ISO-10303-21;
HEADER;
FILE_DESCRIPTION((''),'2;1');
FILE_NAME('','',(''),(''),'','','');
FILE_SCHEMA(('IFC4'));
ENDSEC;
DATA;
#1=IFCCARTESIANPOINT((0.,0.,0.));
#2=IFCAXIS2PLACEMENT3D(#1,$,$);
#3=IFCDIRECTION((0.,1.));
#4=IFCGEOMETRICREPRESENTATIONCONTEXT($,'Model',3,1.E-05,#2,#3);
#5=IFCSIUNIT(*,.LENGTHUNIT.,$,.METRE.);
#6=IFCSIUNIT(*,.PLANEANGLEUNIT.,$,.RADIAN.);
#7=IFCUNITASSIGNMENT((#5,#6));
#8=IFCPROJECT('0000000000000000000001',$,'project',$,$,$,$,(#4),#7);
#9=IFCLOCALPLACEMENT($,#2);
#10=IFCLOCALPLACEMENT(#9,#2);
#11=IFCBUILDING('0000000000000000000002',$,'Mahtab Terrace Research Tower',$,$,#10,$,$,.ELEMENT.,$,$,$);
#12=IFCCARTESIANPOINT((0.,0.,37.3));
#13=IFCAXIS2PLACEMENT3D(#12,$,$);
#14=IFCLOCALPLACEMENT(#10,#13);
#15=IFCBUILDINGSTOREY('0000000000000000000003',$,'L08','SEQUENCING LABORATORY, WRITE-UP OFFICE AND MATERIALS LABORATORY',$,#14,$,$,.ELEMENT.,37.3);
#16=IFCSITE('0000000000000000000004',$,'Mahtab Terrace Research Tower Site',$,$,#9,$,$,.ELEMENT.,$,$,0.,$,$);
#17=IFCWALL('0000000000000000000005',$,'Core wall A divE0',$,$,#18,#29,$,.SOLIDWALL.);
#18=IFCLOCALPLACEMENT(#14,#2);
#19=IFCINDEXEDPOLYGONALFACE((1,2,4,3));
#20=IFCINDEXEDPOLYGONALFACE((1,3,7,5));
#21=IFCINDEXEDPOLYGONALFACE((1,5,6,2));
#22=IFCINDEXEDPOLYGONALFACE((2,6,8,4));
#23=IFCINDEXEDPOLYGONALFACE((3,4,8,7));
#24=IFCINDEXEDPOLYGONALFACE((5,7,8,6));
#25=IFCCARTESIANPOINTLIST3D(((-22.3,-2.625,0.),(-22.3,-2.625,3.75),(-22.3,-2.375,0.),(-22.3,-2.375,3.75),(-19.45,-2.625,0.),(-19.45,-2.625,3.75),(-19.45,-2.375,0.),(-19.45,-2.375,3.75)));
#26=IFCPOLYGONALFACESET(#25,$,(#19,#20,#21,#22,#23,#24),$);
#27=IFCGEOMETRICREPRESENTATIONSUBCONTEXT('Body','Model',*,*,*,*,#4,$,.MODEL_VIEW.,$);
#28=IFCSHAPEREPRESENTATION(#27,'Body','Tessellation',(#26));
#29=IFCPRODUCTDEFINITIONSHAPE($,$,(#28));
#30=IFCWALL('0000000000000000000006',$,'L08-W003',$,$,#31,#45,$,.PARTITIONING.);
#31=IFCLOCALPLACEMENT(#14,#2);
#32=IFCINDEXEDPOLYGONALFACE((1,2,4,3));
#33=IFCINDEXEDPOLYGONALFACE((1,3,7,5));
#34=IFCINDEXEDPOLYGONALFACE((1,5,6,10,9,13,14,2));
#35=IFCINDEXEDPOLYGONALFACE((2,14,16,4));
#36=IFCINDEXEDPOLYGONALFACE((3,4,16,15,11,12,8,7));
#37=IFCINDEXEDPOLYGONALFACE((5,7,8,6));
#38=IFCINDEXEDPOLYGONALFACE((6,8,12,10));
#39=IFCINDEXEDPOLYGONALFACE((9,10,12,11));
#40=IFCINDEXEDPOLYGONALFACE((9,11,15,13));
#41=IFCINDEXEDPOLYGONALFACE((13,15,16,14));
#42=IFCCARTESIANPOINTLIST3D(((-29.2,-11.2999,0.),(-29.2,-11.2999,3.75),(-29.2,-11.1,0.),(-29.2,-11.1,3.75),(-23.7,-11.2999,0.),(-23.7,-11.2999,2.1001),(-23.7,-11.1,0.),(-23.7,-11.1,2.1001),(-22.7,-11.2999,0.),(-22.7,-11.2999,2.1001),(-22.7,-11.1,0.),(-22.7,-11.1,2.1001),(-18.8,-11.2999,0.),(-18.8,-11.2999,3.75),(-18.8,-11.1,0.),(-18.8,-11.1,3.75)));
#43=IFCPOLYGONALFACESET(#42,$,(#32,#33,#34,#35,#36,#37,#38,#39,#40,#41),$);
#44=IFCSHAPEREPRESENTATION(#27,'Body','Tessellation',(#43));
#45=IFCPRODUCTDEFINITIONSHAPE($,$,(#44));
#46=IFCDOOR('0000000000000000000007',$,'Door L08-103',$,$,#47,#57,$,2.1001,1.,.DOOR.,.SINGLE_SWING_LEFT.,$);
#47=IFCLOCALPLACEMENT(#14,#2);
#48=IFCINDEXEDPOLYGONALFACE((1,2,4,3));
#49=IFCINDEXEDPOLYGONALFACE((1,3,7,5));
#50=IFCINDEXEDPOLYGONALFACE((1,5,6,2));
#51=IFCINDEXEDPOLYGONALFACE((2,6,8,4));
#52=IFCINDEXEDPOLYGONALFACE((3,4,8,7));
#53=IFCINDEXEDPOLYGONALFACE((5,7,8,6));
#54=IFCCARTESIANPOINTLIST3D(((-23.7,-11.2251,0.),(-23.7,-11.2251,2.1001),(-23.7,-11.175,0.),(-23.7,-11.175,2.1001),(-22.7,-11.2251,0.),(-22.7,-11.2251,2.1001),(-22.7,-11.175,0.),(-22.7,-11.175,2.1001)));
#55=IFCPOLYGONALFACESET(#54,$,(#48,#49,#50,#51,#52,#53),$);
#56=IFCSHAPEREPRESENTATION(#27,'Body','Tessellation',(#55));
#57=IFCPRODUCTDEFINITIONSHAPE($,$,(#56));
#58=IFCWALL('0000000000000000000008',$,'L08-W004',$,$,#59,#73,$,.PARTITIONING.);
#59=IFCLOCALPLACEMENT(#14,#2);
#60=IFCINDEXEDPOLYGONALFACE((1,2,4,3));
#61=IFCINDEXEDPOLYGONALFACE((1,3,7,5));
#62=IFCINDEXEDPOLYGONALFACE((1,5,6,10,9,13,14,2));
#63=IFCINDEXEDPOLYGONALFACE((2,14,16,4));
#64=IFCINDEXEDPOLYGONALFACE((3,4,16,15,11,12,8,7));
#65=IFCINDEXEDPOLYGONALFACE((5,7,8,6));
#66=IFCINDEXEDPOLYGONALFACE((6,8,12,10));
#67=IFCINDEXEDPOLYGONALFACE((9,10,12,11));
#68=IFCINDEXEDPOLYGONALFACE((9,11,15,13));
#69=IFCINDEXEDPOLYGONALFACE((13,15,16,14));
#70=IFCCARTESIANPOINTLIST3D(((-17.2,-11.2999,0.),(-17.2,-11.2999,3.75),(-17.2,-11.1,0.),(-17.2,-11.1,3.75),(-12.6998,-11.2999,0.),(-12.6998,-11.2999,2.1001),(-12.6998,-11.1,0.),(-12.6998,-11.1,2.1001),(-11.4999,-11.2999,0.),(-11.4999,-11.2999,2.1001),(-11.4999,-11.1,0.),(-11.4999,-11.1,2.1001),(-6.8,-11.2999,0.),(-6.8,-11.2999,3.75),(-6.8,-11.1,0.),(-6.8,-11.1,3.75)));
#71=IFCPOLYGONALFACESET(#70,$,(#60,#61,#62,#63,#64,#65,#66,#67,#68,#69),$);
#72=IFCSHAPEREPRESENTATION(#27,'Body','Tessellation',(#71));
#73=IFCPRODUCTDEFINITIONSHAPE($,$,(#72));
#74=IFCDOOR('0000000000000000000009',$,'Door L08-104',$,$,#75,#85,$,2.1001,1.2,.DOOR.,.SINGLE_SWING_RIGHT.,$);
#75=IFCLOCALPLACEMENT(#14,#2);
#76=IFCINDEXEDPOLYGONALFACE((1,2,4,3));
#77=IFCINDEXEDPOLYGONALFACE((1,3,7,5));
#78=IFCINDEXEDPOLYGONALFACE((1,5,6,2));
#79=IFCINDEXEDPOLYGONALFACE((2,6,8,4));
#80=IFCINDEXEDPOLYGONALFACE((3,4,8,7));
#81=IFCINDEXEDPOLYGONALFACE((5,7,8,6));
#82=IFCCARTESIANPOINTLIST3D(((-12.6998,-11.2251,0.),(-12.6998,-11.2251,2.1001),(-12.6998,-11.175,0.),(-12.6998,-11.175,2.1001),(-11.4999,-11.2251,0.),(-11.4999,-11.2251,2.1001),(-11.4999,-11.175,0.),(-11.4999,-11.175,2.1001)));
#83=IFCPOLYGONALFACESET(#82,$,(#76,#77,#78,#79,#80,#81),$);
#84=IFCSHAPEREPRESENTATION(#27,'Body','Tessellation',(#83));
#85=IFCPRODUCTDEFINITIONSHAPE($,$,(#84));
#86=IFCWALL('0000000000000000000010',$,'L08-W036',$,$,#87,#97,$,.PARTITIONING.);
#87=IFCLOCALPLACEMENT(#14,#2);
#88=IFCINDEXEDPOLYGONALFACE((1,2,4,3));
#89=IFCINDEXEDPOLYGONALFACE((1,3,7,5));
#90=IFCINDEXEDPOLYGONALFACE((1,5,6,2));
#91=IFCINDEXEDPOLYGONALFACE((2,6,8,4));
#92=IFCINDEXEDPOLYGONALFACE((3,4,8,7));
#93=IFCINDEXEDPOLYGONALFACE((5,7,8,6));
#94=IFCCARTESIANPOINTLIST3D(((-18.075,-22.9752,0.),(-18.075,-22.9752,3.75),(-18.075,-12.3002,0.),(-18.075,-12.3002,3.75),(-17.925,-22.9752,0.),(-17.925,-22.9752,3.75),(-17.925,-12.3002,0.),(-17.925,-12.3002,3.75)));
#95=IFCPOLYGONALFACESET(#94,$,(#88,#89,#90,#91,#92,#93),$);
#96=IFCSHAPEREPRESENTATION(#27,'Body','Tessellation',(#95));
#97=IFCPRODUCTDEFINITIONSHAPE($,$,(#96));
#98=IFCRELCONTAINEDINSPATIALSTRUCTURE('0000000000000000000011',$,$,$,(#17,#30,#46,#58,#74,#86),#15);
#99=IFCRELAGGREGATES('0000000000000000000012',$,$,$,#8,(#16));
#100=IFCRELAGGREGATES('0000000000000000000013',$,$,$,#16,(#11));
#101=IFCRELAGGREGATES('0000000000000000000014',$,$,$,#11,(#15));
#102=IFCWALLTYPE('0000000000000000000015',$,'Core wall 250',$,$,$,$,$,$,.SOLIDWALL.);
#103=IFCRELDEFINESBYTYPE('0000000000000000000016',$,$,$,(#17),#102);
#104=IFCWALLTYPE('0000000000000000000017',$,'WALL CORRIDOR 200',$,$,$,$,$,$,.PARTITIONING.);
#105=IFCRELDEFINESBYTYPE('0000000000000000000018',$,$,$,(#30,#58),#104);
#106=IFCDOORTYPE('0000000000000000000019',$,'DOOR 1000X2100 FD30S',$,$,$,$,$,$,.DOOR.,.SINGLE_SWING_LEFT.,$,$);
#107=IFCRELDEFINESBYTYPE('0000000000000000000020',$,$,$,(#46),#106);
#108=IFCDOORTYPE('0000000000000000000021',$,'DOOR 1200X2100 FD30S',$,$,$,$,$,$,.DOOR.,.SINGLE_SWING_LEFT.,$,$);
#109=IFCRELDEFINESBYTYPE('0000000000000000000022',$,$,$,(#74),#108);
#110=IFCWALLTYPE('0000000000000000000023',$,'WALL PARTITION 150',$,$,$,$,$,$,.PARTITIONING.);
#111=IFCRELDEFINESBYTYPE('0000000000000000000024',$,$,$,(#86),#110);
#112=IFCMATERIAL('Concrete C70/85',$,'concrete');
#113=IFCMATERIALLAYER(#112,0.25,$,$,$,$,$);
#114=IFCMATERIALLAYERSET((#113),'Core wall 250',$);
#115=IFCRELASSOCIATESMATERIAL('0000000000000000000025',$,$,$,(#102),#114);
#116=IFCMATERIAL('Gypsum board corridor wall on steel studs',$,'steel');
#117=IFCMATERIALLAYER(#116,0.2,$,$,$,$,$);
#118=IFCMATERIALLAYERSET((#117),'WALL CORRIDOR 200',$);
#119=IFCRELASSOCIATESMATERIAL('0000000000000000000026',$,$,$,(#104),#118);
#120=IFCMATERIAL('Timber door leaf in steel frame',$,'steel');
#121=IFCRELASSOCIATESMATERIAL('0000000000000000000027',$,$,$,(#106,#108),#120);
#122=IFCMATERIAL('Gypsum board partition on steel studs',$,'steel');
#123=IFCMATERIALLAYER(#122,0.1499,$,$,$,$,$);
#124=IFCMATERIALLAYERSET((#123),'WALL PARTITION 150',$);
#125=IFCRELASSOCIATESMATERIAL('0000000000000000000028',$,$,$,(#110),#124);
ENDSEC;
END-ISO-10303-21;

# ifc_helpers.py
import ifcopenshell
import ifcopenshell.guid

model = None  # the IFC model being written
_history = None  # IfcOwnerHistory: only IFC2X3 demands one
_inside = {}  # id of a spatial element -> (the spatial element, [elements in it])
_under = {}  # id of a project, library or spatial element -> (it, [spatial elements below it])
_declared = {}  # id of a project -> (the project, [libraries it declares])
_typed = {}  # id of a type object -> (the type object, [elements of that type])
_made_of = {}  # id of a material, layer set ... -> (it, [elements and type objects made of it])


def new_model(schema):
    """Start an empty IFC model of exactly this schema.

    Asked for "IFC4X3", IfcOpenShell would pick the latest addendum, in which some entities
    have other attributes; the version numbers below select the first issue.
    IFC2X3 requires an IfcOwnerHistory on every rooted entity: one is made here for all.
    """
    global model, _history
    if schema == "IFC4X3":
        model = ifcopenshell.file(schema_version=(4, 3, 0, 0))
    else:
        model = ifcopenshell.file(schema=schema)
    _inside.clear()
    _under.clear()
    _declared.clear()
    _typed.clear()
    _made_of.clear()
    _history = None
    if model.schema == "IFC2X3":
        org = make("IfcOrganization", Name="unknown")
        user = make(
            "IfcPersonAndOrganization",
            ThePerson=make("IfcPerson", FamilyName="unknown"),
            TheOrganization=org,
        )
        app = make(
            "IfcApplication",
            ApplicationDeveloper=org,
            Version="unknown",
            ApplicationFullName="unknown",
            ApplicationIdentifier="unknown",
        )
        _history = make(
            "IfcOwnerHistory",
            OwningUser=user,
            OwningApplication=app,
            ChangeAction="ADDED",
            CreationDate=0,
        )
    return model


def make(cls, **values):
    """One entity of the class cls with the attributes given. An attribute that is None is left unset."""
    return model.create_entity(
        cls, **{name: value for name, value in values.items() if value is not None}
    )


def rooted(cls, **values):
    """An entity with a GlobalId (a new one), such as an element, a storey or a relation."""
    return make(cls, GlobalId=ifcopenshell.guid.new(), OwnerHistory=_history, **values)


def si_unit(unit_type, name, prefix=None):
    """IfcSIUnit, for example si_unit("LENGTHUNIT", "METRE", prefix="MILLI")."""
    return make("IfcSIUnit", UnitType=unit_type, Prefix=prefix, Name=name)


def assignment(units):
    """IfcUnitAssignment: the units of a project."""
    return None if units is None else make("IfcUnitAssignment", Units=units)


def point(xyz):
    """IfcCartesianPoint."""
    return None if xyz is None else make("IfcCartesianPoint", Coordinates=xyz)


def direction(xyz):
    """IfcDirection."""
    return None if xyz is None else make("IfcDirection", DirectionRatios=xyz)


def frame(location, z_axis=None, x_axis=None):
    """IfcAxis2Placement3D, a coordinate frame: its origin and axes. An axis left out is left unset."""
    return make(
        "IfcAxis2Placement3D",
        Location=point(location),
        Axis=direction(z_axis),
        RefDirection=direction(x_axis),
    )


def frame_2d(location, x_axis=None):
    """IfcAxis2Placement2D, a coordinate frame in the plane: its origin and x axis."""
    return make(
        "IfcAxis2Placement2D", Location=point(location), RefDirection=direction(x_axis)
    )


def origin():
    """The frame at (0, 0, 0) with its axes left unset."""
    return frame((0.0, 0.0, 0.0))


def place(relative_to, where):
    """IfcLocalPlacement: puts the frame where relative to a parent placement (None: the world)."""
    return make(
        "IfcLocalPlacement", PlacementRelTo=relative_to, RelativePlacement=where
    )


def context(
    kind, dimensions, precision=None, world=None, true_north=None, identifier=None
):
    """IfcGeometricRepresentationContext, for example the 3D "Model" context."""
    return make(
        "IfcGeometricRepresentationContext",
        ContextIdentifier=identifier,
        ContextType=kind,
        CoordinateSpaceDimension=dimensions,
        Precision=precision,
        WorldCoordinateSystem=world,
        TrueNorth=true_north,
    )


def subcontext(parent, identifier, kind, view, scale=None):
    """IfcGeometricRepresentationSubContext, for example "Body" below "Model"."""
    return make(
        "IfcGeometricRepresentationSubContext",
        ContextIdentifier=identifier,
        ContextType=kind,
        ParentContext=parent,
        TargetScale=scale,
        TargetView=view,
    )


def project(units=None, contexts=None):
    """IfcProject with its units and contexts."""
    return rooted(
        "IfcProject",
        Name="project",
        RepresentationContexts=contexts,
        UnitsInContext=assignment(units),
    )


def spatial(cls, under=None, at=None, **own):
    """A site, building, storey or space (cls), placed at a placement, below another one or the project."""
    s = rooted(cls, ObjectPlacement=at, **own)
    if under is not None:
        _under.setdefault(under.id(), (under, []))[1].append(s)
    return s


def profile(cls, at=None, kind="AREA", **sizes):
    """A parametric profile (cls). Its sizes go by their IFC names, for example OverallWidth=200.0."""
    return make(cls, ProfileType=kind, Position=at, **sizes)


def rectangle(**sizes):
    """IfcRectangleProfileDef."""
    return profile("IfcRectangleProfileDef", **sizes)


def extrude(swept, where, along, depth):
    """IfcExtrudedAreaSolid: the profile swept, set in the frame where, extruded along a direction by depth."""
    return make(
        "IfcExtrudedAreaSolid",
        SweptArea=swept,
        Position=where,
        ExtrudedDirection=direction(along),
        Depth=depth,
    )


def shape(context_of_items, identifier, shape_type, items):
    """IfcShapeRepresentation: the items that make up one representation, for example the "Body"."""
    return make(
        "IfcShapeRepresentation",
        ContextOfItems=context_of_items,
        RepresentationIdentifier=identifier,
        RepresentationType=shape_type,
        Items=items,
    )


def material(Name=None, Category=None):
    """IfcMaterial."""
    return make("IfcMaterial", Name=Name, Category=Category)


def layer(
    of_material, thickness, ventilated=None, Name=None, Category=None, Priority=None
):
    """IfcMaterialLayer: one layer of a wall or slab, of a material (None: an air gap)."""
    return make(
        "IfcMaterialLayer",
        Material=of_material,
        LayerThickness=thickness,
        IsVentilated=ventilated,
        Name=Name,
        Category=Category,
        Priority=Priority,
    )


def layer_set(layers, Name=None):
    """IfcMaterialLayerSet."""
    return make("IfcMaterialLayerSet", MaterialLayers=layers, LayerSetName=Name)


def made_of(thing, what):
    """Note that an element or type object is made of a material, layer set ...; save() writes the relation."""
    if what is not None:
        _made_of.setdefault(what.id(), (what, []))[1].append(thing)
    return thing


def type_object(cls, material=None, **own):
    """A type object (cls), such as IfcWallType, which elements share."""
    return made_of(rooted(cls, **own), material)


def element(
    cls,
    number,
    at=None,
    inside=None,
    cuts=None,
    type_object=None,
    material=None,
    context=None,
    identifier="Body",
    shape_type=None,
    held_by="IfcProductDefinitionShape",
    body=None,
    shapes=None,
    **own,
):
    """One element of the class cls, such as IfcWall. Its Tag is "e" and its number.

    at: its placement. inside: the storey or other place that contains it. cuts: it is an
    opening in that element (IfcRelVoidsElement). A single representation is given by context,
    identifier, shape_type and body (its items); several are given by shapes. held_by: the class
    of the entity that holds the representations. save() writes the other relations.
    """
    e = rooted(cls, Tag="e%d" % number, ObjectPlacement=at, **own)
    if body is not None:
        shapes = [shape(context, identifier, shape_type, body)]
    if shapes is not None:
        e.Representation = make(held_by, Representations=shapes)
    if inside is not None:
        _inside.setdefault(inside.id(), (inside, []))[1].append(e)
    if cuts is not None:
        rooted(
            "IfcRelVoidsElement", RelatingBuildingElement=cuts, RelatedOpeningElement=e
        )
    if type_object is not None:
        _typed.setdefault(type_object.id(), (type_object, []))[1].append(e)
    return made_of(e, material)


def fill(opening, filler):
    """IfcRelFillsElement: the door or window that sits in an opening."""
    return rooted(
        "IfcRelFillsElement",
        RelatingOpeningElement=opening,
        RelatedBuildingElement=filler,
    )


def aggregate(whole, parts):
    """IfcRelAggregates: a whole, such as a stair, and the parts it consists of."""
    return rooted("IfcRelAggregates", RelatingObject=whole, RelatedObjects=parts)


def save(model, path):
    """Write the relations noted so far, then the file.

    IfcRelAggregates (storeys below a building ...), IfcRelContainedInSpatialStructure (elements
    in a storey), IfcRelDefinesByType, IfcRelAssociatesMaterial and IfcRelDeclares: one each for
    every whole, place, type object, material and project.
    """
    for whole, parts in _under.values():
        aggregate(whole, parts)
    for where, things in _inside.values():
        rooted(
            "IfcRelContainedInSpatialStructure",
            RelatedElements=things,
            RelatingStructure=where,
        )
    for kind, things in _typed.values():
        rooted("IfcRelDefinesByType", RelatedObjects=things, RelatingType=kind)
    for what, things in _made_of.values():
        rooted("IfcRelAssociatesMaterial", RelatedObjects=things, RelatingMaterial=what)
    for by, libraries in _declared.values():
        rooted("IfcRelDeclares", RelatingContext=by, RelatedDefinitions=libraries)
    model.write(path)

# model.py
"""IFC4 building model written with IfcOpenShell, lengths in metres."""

from ifc_helpers import new_model, si_unit, direction, frame, frame_2d, origin, place, context, subcontext, project, spatial, rectangle, extrude, material, layer, layer_set, type_object, element, fill, save


model = new_model("IFC4")

# Units and contexts
model_context = context("Model", 3, precision=1e-05, world=origin(), true_north=direction((0.0, 1.0)))
body_context = subcontext(model_context, "Body", "Model", "MODEL_VIEW")
ifc_project = project(units=[si_unit("LENGTHUNIT", "METRE"), si_unit("PLANEANGLEUNIT", "RADIAN")], contexts=[model_context])

# Site, building, storey
site_placement = place(None, origin())
site = spatial("IfcSite", under=ifc_project, at=site_placement, Name="Mahtab Terrace Research Tower Site", CompositionType="ELEMENT", RefElevation=0.0)
building_placement = place(site_placement, origin())
building = spatial("IfcBuilding", under=site, at=building_placement, Name="Mahtab Terrace Research Tower", CompositionType="ELEMENT")
storey_placement = place(building_placement, frame((0.0, 0.0, 37.3)))
storey = spatial("IfcBuildingStorey", under=building, at=storey_placement, Name="L08", Description="SEQUENCING LABORATORY, WRITE-UP OFFICE AND MATERIALS LABORATORY", CompositionType="ELEMENT", Elevation=37.3)

# Shared definitions
ifc_material_1 = material(Name="Concrete C70/85", Category="concrete")

# Shared definitions
ifc_layer_1 = layer(ifc_material_1, 0.25)
ifc_layer_set_1 = layer_set([ifc_layer_1], Name="Core wall 250")
wall_type_1 = type_object("IfcWallType", Name="Core wall 250", PredefinedType="SOLIDWALL", material=ifc_layer_set_1)

# Wall
for number, where, z_axis, x_axis, name in (
    (1, (-22.3, -2.5, 0.0), (0.0, 0.0, 1.0), (1.0, 0.0, 0.0), "Core wall A divE0"),
):
    element("IfcWall", number, at=place(storey_placement, frame(where, z_axis=z_axis, x_axis=x_axis)), inside=storey, type_object=wall_type_1, Name=name, PredefinedType="SOLIDWALL", context=body_context, shape_type="SweptSolid", body=[
        extrude(rectangle(XDim=2.8501, YDim=0.25, at=frame_2d((1.425, 0.0))), origin(), (0.0, 0.0, 1.0), 3.75),
    ])

# Walls, openings, doors
ifc_material_2 = material(Name="Gypsum board corridor wall on steel studs", Category="steel")
ifc_layer_2 = layer(ifc_material_2, 0.2)
ifc_layer_set_2 = layer_set([ifc_layer_2], Name="WALL CORRIDOR 200")
wall_type_2 = type_object("IfcWallType", Name="WALL CORRIDOR 200", PredefinedType="PARTITIONING", material=ifc_layer_set_2)
wall_1_placement = place(storey_placement, frame((-29.2, -11.2, 0.0), z_axis=(0.0, 0.0, 1.0), x_axis=(1.0, 0.0, 0.0)))
wall_1 = element("IfcWall", 2, at=wall_1_placement, inside=storey, type_object=wall_type_2, Name="L08-W003", PredefinedType="PARTITIONING", context=body_context, shape_type="SweptSolid", body=[
    extrude(rectangle(XDim=10.3999, YDim=0.2, at=frame_2d((5.2, 0.0))), origin(), (0.0, 0.0, 1.0), 3.75),
])
opening_1_placement = place(wall_1_placement, frame((5.5, 0.0, 0.0)))
opening_1 = element("IfcOpeningElement", 3, at=opening_1_placement, cuts=wall_1, PredefinedType="OPENING", context=body_context, shape_type="SweptSolid", body=[
    extrude(rectangle(XDim=1.0, YDim=2.1001, at=frame_2d((0.5, 1.05))), frame((0.0, 0.1099, 0.0), z_axis=(0.0, -1.0, 0.0), x_axis=(1.0, 0.0, 0.0)), (0.0, 0.0, 1.0), 0.22),
])
ifc_material_3 = material(Name="Timber door leaf in steel frame", Category="steel")
door_type_1 = type_object("IfcDoorType", Name="DOOR 1000X2100 FD30S", OperationType="SINGLE_SWING_LEFT", PredefinedType="DOOR", material=ifc_material_3)
door_1_placement = place(opening_1_placement, origin())
door_1 = element("IfcDoor", 4, at=door_1_placement, inside=storey, type_object=door_type_1, Name="Door L08-103", OperationType="SINGLE_SWING_LEFT", OverallHeight=2.1001, OverallWidth=1.0, PredefinedType="DOOR", context=body_context, shape_type="SweptSolid", body=[
    extrude(rectangle(XDim=1.0, YDim=2.1001, at=frame_2d((0.5, 1.05))), frame((0.0, 0.0249, 0.0), z_axis=(0.0, -1.0, 0.0), x_axis=(1.0, 0.0, 0.0)), (0.0, 0.0, 1.0), 0.05),
])
fill(opening_1, door_1)
wall_2_placement = place(storey_placement, frame((-17.2, -11.2, 0.0), z_axis=(0.0, 0.0, 1.0), x_axis=(1.0, 0.0, 0.0)))
wall_2 = element("IfcWall", 5, at=wall_2_placement, inside=storey, type_object=wall_type_2, Name="L08-W004", PredefinedType="PARTITIONING", context=body_context, shape_type="SweptSolid", body=[
    extrude(rectangle(XDim=10.3999, YDim=0.2, at=frame_2d((5.2, 0.0))), origin(), (0.0, 0.0, 1.0), 3.75),
])
opening_2_placement = place(wall_2_placement, frame((4.5, 0.0, 0.0)))
opening_2 = element("IfcOpeningElement", 6, at=opening_2_placement, cuts=wall_2, PredefinedType="OPENING", context=body_context, shape_type="SweptSolid", body=[
    extrude(rectangle(XDim=1.2, YDim=2.1001, at=frame_2d((0.6001, 1.05))), frame((0.0, 0.1099, 0.0), z_axis=(0.0, -1.0, 0.0), x_axis=(1.0, 0.0, 0.0)), (0.0, 0.0, 1.0), 0.22),
])
door_type_2 = type_object("IfcDoorType", Name="DOOR 1200X2100 FD30S", OperationType="SINGLE_SWING_LEFT", PredefinedType="DOOR", material=ifc_material_3)
door_2_placement = place(opening_2_placement, origin())
door_2 = element("IfcDoor", 7, at=door_2_placement, inside=storey, type_object=door_type_2, Name="Door L08-104", OperationType="SINGLE_SWING_RIGHT", OverallHeight=2.1001, OverallWidth=1.2, PredefinedType="DOOR", context=body_context, shape_type="SweptSolid", body=[
    extrude(rectangle(XDim=1.2, YDim=2.1001, at=frame_2d((0.6001, 1.05))), frame((0.0, 0.0249, 0.0), z_axis=(0.0, -1.0, 0.0), x_axis=(1.0, 0.0, 0.0)), (0.0, 0.0, 1.0), 0.05),
])
fill(opening_2, door_2)

# Wall
ifc_material_4 = material(Name="Gypsum board partition on steel studs", Category="steel")
ifc_layer_3 = layer(ifc_material_4, 0.1499)
ifc_layer_set_3 = layer_set([ifc_layer_3], Name="WALL PARTITION 150")
wall_type_3 = type_object("IfcWallType", Name="WALL PARTITION 150", PredefinedType="PARTITIONING", material=ifc_layer_set_3)
wall_3_placement = place(storey_placement, frame((-18.0, -22.9751, 0.0), z_axis=(0.0, 0.0, 1.0), x_axis=(0.0, 1.0, 0.0)))
element("IfcWall", 8, at=wall_3_placement, inside=storey, type_object=wall_type_3, Name="L08-W036", PredefinedType="PARTITIONING", context=body_context, shape_type="SweptSolid", body=[
    extrude(rectangle(XDim=10.675, YDim=0.1499, at=frame_2d((5.3374, 0.0))), origin(), (0.0, 0.0, 1.0), 3.75),
])

save(model, "model.ifc")
